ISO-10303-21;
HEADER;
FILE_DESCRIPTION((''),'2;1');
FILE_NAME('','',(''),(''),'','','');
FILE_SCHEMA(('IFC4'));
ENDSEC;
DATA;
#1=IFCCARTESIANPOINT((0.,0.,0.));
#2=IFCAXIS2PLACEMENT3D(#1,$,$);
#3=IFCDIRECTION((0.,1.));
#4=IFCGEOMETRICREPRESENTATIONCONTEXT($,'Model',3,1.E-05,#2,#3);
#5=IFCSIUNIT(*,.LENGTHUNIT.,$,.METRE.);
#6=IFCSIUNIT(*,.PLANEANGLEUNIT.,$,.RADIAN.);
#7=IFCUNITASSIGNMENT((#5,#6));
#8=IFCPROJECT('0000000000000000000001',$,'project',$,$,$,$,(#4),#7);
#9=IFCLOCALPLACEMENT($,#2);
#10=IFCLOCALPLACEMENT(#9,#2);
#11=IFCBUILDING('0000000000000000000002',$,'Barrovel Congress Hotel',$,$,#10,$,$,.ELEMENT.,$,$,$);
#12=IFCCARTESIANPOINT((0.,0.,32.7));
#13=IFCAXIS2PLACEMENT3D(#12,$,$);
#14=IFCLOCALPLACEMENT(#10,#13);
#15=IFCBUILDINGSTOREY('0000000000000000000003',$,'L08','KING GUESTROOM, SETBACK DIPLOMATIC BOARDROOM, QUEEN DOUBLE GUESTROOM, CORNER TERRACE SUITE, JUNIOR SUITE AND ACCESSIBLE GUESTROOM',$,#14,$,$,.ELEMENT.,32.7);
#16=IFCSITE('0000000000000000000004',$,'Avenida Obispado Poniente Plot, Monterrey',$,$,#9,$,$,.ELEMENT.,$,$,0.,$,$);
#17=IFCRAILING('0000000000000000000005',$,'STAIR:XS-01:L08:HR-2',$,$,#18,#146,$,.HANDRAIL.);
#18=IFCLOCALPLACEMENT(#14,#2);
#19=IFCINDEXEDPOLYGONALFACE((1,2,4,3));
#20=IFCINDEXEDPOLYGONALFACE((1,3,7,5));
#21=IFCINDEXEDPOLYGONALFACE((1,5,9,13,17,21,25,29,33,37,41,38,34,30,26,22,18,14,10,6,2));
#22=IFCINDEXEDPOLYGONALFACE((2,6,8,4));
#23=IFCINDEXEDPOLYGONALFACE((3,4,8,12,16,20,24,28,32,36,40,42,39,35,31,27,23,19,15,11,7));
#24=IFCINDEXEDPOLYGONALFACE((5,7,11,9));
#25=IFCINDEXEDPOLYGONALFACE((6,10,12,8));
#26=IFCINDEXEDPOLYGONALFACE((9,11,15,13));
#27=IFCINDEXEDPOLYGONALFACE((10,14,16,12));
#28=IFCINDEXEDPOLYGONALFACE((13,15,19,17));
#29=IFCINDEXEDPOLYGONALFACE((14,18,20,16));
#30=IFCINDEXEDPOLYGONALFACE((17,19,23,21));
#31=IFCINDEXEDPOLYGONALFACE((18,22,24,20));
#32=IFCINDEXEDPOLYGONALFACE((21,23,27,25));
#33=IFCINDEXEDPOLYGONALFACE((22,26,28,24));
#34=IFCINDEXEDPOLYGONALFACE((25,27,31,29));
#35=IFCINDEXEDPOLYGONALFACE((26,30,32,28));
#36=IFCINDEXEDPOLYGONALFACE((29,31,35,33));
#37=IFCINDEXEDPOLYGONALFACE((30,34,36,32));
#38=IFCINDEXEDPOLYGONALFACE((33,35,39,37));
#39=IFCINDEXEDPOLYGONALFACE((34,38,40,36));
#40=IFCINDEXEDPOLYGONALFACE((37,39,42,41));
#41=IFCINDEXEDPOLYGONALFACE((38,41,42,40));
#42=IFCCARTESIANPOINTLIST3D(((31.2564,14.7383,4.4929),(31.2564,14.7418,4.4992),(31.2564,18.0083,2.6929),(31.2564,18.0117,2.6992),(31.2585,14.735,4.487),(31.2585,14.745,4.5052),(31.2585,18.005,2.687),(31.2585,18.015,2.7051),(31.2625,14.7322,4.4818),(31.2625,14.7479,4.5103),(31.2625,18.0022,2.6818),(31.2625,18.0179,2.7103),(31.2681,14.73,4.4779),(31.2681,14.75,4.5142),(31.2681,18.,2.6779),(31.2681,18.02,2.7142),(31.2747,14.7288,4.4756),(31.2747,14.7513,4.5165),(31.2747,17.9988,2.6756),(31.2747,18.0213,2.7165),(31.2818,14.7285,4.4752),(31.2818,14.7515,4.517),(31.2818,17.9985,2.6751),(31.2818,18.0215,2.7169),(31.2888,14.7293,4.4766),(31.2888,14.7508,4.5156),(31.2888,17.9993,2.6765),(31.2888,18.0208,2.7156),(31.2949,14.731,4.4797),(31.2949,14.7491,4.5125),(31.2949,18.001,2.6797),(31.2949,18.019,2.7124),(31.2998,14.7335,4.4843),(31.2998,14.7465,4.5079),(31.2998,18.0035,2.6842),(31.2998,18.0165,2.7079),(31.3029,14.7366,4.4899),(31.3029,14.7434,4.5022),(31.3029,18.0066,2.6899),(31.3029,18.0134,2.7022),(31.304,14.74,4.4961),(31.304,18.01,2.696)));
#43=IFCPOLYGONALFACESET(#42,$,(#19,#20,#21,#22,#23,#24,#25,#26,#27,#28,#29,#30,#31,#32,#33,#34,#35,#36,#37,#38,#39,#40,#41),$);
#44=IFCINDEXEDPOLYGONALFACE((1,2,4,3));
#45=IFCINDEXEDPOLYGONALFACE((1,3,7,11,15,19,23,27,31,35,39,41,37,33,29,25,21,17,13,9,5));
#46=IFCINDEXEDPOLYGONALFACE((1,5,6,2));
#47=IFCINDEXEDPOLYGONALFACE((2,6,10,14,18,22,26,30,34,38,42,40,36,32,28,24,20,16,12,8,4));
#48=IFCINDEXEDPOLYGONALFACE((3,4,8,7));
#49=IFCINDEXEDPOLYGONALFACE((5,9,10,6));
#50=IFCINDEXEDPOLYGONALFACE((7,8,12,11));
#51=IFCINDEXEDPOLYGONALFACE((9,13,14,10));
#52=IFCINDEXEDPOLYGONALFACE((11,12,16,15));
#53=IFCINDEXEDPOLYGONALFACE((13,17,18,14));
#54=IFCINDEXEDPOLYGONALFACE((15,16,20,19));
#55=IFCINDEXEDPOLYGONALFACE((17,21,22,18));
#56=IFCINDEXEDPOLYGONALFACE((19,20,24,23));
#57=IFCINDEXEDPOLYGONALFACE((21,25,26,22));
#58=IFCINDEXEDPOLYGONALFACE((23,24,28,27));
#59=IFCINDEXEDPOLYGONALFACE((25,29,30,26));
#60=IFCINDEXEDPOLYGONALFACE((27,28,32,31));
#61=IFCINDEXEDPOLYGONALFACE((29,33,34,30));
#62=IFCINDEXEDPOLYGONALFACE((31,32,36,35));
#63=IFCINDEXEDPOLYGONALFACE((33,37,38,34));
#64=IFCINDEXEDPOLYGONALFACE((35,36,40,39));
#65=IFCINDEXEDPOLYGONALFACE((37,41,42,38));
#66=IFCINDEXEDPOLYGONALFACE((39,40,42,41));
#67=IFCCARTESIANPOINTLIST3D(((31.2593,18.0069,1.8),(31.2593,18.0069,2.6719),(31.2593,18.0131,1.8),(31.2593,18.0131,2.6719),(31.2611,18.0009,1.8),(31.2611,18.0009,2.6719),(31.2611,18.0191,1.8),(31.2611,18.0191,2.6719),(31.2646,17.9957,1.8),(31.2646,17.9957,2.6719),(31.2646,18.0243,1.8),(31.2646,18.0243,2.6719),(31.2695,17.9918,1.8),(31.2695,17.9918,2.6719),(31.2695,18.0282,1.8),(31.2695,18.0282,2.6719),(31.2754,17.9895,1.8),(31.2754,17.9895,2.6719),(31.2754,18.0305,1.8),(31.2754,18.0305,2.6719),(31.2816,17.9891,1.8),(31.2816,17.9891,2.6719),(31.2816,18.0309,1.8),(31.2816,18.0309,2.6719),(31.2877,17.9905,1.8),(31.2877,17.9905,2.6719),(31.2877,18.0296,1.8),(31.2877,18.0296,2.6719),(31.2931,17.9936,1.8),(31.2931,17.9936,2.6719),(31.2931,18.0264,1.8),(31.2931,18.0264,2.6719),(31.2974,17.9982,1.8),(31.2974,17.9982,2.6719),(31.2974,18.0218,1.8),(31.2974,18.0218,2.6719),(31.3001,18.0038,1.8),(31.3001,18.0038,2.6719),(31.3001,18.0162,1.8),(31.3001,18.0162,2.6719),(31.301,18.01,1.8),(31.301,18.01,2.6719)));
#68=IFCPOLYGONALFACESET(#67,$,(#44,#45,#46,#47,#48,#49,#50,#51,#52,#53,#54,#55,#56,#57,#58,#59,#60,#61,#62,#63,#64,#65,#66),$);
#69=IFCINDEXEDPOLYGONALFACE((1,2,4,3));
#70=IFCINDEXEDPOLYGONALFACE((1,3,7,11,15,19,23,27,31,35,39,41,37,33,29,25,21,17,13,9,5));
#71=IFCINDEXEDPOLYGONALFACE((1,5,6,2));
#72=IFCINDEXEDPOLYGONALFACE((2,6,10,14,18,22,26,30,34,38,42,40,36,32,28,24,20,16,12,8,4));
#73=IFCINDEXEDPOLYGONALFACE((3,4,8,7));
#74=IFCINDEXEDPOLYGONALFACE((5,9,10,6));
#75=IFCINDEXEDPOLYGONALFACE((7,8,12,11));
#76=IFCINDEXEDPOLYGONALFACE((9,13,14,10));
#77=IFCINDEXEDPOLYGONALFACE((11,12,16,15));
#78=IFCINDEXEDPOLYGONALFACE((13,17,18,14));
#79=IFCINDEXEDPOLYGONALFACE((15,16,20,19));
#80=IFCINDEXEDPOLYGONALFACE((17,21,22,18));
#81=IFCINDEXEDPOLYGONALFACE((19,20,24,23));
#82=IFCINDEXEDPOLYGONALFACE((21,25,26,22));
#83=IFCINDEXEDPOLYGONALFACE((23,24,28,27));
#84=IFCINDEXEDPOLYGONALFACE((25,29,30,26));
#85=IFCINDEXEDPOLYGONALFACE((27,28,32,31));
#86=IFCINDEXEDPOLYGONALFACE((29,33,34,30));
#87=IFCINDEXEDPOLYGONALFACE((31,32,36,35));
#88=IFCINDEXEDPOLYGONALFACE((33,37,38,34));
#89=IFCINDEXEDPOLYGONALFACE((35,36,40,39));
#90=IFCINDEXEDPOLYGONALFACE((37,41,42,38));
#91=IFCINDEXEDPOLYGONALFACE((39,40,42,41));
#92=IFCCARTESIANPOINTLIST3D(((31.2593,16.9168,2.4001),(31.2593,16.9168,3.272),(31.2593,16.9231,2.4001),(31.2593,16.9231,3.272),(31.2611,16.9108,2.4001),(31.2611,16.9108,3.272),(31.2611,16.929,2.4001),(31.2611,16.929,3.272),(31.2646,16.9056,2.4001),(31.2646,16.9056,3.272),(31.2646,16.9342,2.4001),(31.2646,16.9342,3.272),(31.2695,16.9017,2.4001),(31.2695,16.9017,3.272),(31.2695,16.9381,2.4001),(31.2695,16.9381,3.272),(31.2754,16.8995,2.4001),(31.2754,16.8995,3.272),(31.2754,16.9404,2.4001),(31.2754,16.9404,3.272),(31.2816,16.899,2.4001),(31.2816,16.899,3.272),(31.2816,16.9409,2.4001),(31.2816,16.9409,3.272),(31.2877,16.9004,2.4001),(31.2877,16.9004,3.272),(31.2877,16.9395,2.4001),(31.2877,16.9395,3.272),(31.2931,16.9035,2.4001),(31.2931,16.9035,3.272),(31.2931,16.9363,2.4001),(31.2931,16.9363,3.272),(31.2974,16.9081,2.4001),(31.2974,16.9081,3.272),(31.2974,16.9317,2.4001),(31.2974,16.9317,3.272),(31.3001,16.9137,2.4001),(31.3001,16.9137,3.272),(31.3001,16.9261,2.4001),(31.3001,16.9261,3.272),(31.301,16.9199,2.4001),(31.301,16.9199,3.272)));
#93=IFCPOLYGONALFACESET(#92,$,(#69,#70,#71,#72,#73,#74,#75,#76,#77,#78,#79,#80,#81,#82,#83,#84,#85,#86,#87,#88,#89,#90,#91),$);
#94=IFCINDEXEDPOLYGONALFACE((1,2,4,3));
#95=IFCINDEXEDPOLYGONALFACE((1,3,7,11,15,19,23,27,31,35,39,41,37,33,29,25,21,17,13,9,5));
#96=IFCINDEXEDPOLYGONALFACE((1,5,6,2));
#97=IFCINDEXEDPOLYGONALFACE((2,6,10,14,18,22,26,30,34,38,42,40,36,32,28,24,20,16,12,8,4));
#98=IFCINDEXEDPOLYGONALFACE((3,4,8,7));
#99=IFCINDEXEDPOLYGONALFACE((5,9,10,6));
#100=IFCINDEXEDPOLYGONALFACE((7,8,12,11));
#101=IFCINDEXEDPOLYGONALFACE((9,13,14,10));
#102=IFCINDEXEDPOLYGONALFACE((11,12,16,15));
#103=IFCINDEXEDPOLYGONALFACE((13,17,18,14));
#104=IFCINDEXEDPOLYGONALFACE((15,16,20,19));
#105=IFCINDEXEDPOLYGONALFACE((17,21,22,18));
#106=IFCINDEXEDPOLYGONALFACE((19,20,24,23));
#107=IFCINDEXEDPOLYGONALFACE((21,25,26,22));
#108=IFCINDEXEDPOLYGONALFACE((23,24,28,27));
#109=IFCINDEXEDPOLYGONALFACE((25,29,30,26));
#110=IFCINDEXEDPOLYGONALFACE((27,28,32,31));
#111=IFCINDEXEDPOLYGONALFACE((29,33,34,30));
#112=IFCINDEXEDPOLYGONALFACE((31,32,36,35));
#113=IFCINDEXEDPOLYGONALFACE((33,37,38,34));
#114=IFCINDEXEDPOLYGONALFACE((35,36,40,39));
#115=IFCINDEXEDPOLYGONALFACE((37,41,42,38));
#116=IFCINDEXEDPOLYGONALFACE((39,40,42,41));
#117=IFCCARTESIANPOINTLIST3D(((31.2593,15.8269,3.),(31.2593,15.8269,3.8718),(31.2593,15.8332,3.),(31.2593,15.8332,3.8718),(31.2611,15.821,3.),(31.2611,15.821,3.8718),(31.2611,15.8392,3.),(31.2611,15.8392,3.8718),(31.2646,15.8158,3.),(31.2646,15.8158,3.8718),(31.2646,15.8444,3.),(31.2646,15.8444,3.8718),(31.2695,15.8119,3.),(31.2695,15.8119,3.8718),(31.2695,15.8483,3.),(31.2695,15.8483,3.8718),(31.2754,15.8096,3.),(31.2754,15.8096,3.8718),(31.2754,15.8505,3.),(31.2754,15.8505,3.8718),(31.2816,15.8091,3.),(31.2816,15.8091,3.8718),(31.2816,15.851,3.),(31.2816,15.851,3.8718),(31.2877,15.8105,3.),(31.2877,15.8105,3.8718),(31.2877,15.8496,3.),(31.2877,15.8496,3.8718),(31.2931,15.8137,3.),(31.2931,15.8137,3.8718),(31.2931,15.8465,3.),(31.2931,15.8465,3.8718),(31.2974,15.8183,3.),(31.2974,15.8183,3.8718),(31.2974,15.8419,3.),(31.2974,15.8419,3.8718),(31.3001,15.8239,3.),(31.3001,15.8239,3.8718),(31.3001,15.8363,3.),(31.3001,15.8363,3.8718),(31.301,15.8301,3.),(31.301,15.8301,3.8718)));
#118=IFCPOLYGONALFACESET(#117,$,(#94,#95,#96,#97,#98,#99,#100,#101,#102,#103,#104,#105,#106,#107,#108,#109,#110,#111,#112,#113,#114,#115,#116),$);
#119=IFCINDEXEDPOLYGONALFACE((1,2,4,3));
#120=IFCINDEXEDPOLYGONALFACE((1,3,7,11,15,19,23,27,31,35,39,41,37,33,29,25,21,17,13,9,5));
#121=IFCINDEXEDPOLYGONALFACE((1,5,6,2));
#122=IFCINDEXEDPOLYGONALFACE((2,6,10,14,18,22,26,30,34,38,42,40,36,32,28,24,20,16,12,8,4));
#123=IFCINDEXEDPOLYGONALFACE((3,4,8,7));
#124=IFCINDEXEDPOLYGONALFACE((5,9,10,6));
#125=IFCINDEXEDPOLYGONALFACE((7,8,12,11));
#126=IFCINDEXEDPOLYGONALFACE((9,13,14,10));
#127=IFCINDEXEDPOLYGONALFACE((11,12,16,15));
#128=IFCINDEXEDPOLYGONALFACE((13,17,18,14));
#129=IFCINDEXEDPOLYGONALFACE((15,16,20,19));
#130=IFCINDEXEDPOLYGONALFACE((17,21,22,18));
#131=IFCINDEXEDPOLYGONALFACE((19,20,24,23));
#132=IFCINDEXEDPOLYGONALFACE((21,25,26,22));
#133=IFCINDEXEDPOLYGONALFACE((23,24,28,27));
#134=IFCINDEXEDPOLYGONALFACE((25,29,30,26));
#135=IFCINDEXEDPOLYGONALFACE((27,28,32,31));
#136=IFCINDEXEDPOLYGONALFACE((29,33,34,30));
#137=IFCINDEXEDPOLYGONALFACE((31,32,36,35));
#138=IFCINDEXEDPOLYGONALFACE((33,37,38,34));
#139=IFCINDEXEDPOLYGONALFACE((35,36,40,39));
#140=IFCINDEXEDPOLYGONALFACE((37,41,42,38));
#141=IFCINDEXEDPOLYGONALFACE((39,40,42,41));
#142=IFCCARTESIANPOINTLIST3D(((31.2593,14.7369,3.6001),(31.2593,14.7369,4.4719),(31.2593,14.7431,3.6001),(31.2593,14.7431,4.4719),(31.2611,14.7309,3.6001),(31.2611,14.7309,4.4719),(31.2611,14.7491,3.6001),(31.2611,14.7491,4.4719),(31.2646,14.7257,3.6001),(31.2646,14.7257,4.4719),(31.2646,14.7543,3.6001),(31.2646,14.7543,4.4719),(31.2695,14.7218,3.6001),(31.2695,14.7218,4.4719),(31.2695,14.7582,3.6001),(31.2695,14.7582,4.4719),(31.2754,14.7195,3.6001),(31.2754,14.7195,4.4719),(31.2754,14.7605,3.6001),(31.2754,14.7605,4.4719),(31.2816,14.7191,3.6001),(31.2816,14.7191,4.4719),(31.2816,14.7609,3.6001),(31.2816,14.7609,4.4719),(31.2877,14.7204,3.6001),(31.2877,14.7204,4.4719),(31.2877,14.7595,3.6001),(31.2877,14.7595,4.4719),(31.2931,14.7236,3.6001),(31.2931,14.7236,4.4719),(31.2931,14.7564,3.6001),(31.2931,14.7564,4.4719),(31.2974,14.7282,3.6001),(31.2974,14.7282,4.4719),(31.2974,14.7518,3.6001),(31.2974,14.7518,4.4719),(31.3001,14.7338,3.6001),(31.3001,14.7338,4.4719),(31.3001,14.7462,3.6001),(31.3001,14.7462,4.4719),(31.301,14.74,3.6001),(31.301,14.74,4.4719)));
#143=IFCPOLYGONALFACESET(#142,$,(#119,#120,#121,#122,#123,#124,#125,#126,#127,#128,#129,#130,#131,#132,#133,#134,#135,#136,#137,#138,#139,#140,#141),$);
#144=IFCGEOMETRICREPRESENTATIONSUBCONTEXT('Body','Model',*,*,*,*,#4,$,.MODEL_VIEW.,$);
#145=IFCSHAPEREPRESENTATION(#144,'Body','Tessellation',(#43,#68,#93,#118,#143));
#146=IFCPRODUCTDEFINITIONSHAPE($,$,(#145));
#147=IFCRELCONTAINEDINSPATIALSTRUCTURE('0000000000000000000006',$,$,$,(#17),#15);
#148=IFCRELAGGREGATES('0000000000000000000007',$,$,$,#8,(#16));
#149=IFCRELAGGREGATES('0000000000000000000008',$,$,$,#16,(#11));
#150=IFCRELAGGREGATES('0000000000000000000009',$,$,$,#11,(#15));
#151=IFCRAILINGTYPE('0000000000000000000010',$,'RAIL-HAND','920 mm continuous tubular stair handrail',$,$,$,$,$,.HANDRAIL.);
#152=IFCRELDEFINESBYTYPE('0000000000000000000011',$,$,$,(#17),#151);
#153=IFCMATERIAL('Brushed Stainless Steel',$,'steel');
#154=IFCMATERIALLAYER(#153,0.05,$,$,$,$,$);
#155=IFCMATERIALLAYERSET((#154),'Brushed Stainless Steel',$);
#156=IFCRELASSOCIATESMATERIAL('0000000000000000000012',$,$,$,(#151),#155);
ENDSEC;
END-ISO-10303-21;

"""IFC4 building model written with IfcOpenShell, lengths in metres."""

from ifc_helpers import new_model, si_unit, direction, frame, origin, origin_2d, place, context, subcontext, project, spatial, circle, extrude, material, layer, layer_set, type_object, element, save


model = new_model("IFC4")

# Units and contexts
model_context = context("Model", 3, precision=1e-05, world=origin(), true_north=direction((0.0, 1.0)))
body_context = subcontext(model_context, "Body", "Model", "MODEL_VIEW")
ifc_project = project(units=[si_unit("LENGTHUNIT", "METRE"), si_unit("PLANEANGLEUNIT", "RADIAN")], contexts=[model_context])

# Site, building, storey
site_placement = place(None, origin())
site = spatial("IfcSite", under=ifc_project, at=site_placement, Name="Avenida Obispado Poniente Plot, Monterrey", CompositionType="ELEMENT", RefElevation=0.0)
building_placement = place(site_placement, origin())
building = spatial("IfcBuilding", under=site, at=building_placement, Name="Barrovel Congress Hotel", CompositionType="ELEMENT")
storey_placement = place(building_placement, frame((0.0, 0.0, 32.7)))
storey = spatial("IfcBuildingStorey", under=building, at=storey_placement, Name="L08", Description="KING GUESTROOM, SETBACK DIPLOMATIC BOARDROOM, QUEEN DOUBLE GUESTROOM, CORNER TERRACE SUITE, JUNIOR SUITE AND ACCESSIBLE GUESTROOM", CompositionType="ELEMENT", Elevation=32.7)

# Railing
ifc_material_1 = material(Name="Brushed Stainless Steel", Category="steel")
ifc_layer_1 = layer(ifc_material_1, 0.05)
ifc_layer_set_1 = layer_set([ifc_layer_1], Name="Brushed Stainless Steel")
railing_type_1 = type_object("IfcRailingType", Name="RAIL-HAND", Description="920 mm continuous tubular stair handrail", PredefinedType="HANDRAIL", material=ifc_layer_set_1)
railing_1_placement = place(storey_placement, frame((31.28, 18.01, 1.8)))
element("IfcRailing", 1, at=railing_1_placement, inside=storey, type_object=railing_type_1, Name="STAIR:XS-01:L08:HR-2", PredefinedType="HANDRAIL", context=body_context, shape_type="SweptSolid", body=[
    extrude(circle(Radius=0.0239, at=origin_2d()), frame((0.0, 0.0, 0.896), z_axis=(0.0, -0.876042, 0.482235), x_axis=(1.0, 0.0, 0.0)), (0.0, 0.0, 1.0), 3.7327),
    extrude(circle(Radius=0.021, at=origin_2d()), origin(), (0.0, 0.0, 1.0), 0.8718),
    extrude(circle(Radius=0.021, at=origin_2d()), frame((0.0, -1.0901, 0.6001)), (0.0, 0.0, 1.0), 0.8718),
    extrude(circle(Radius=0.021, at=origin_2d()), frame((0.0, -2.1799, 1.2)), (0.0, 0.0, 1.0), 0.8718),
    extrude(circle(Radius=0.021, at=origin_2d()), frame((0.0, -3.27, 1.8)), (0.0, 0.0, 1.0), 0.8718),
])

save(model, "model.ifc")
